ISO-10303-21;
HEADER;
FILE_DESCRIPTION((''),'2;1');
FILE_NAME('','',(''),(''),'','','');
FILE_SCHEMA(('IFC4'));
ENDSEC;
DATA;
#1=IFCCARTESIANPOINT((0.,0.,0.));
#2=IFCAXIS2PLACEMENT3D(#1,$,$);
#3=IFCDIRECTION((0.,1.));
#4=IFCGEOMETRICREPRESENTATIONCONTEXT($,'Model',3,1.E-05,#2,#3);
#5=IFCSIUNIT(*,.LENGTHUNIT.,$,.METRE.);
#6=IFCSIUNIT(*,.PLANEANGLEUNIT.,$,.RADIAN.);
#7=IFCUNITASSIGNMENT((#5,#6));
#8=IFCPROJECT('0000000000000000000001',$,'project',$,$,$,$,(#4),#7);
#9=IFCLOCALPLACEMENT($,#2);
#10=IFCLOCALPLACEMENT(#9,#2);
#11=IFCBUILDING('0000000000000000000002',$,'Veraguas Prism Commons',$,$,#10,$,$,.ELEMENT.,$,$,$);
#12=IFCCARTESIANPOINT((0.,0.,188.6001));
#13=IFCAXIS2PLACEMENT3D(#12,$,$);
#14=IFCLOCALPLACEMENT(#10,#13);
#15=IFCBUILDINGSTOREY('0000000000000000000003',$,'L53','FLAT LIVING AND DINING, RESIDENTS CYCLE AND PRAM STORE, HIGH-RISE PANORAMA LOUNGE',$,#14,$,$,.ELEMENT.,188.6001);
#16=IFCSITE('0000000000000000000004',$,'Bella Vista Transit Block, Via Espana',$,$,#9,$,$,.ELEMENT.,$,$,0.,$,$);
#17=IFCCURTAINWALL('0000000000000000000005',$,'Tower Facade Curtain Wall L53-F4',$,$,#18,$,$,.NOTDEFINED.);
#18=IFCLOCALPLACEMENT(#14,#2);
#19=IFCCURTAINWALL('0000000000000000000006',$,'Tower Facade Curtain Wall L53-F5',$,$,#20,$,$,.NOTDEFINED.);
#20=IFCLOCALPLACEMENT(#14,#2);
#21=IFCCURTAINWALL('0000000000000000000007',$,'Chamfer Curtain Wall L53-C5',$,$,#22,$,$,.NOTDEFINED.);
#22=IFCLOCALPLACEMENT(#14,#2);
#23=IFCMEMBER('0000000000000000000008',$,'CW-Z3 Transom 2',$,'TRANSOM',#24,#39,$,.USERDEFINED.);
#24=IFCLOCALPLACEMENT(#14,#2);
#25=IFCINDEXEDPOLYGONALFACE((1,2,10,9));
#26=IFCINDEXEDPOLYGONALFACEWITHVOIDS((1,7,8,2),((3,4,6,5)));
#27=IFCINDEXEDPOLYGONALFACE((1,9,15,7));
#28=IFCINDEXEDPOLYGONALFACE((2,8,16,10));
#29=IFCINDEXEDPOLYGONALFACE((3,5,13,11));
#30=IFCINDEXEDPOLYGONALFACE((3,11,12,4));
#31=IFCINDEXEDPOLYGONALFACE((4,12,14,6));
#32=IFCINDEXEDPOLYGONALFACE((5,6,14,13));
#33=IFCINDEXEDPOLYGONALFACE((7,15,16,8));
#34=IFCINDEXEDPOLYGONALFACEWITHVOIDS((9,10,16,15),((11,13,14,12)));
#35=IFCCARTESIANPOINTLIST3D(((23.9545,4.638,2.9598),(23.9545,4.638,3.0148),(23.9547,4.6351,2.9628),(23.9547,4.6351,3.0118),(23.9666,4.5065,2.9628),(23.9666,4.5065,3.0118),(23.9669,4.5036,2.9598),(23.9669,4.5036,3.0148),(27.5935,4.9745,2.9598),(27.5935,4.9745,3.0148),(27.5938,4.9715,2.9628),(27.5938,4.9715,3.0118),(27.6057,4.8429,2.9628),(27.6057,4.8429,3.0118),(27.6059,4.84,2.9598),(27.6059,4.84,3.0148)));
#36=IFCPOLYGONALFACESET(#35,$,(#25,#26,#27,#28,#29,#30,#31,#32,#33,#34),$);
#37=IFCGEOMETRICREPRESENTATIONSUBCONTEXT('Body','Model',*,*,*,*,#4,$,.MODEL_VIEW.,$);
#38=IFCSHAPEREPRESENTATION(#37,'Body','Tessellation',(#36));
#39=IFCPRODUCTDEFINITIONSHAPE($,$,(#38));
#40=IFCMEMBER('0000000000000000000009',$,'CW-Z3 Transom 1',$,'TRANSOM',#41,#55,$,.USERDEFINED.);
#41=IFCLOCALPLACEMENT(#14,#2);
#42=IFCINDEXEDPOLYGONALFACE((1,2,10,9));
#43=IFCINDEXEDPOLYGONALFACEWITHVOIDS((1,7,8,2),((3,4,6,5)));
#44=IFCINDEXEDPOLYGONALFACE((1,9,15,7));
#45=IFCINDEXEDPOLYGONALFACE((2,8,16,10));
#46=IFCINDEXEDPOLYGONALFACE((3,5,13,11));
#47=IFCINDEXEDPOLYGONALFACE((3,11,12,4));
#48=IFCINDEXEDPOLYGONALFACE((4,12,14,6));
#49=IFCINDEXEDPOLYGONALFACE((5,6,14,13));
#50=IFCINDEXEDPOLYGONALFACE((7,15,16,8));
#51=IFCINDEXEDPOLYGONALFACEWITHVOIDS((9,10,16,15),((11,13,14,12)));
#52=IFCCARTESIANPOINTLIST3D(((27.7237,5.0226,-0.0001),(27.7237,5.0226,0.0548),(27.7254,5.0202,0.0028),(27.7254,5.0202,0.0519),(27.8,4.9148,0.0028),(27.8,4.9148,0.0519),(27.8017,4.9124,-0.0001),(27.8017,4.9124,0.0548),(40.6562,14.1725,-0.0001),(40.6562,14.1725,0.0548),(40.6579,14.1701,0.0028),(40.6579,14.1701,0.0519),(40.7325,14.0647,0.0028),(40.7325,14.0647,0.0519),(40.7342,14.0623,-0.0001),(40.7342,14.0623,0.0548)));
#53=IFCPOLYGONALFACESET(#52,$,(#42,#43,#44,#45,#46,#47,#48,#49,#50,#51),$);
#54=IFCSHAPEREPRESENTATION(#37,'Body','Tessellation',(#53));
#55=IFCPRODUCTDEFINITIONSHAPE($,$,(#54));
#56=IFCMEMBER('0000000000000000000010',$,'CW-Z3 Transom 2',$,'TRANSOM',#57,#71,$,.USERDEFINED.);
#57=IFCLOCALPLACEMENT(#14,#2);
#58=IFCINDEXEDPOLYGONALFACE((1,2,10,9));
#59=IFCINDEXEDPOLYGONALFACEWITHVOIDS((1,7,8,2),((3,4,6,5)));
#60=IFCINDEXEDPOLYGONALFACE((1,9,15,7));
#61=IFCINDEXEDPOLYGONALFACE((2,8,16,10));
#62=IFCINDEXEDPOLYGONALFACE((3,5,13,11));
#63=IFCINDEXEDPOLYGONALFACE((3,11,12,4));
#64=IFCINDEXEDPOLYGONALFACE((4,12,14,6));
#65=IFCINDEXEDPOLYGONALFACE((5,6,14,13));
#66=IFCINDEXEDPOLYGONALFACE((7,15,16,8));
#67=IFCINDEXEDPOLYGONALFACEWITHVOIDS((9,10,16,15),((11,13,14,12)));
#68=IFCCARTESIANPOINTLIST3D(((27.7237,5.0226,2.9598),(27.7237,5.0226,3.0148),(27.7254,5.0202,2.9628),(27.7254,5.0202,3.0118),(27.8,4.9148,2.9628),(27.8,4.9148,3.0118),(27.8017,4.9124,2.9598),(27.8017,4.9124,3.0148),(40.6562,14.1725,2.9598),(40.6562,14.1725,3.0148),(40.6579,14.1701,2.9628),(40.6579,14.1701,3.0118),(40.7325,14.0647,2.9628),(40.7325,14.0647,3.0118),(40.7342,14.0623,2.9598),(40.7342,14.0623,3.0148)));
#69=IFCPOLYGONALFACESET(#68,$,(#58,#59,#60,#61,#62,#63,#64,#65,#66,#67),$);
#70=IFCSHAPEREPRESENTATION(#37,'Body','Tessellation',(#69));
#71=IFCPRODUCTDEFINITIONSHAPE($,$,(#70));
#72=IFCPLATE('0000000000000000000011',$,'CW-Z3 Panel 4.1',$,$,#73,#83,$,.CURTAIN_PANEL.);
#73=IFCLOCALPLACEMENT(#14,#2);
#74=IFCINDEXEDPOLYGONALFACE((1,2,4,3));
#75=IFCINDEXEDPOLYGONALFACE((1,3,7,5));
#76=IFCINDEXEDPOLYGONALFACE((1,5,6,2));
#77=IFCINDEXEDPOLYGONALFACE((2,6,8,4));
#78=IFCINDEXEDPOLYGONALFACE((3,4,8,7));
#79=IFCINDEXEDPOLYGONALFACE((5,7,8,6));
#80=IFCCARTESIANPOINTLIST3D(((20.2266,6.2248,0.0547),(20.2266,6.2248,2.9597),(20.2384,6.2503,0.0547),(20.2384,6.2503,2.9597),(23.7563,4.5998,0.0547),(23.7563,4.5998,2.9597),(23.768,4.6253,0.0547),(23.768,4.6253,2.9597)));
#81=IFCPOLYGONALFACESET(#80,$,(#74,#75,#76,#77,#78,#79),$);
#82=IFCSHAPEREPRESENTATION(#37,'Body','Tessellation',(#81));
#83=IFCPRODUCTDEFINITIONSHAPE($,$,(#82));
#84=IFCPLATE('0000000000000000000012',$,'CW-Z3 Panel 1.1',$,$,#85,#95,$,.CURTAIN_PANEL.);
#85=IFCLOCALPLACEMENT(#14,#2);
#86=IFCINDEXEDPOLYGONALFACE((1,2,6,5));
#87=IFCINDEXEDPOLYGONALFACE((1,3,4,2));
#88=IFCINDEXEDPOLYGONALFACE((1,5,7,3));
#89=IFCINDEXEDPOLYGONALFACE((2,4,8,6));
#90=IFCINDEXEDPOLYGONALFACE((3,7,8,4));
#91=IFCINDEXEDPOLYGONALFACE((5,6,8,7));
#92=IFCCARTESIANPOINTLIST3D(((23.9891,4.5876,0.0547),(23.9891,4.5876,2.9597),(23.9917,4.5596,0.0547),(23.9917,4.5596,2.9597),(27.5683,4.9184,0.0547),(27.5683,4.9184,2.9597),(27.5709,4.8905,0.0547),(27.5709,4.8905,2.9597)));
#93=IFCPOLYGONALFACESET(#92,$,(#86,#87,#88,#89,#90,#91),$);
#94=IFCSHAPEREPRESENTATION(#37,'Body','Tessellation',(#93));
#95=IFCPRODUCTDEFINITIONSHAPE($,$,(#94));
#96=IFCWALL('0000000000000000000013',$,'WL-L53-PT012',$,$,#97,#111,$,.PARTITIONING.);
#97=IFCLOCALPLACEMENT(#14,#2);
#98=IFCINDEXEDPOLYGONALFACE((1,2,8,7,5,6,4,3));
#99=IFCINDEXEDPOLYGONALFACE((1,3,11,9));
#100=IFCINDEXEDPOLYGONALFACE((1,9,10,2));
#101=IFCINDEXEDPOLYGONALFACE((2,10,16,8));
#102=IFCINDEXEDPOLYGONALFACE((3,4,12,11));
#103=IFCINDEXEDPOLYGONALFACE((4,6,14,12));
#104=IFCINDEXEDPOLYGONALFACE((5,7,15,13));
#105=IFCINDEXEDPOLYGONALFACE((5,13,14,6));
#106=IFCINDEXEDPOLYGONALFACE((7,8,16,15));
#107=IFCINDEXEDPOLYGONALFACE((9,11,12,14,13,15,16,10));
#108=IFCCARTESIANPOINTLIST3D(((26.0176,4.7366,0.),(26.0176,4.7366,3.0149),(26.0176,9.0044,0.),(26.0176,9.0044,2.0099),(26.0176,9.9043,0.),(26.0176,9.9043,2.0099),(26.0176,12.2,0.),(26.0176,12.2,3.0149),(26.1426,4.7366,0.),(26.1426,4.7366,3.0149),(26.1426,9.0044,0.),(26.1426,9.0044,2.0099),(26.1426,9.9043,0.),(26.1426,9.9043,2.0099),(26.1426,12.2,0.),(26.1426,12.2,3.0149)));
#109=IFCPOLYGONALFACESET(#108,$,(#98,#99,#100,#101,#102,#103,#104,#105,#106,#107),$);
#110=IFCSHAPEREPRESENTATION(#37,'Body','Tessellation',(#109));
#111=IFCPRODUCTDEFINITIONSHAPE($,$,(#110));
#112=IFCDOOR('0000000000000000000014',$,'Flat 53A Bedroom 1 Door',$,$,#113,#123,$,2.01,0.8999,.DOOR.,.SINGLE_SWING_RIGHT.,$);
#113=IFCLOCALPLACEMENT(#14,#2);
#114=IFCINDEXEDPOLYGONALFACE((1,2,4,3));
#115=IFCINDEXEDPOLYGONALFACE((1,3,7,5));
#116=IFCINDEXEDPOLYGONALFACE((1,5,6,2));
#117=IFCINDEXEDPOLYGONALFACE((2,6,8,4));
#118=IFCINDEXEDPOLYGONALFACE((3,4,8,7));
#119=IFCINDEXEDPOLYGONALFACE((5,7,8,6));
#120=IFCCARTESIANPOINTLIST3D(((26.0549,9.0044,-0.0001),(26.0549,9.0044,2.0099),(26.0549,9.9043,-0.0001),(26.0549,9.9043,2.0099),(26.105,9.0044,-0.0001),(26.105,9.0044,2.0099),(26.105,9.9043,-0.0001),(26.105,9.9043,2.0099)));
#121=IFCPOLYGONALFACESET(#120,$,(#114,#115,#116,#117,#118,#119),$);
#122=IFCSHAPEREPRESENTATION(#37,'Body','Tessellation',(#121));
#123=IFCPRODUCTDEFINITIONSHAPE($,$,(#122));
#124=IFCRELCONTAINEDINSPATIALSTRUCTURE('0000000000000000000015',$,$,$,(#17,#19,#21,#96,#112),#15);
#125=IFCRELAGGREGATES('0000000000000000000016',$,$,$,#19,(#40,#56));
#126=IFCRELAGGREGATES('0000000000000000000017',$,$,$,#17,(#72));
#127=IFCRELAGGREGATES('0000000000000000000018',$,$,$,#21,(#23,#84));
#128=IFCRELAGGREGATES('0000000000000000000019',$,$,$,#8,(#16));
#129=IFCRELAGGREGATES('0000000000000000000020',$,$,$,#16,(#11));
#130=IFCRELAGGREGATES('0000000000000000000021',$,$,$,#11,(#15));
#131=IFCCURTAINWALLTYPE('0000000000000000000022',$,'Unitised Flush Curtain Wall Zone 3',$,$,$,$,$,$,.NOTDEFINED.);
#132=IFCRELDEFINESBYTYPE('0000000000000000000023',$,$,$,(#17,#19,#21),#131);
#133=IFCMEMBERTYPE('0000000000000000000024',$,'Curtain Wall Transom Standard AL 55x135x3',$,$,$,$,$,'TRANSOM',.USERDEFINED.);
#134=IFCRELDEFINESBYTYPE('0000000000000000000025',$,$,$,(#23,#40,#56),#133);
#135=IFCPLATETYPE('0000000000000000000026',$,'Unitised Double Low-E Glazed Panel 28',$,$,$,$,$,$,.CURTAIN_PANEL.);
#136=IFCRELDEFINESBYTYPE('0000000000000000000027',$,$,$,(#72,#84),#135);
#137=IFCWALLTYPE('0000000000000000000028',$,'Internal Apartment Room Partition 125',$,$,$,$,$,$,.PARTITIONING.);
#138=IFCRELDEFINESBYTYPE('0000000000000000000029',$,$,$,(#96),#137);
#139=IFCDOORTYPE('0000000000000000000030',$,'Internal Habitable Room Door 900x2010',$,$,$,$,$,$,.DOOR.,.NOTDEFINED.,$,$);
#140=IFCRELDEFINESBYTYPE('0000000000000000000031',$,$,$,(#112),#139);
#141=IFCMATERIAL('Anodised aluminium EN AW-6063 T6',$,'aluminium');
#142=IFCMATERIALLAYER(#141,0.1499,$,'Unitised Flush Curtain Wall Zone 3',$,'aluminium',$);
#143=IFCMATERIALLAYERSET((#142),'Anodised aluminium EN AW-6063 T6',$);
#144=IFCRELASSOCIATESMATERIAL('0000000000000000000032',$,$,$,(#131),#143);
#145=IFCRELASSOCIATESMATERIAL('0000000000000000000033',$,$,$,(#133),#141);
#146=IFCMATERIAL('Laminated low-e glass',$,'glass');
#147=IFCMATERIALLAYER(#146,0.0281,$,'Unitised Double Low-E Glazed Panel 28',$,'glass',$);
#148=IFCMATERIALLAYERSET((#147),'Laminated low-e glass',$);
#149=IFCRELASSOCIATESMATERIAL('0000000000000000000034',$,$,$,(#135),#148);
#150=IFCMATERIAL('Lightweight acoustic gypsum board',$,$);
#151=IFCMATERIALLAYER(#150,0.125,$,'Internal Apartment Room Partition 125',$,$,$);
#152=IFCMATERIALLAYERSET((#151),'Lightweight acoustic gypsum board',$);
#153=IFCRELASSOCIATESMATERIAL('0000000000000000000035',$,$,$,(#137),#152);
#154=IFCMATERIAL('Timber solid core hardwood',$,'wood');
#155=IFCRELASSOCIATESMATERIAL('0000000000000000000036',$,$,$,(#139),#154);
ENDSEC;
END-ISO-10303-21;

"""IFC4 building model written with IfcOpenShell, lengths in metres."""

from ifc_helpers import new_model, si_unit, direction, frame, frame_2d, origin, origin_2d, place, context, subcontext, project, spatial, rectangle, hollow_rectangle, extrude, source, transform, mapped, material, layer, layer_set, material_profile, profile_set, type_object, element, fill, aggregate, save


model = new_model("IFC4")

# Units and contexts
model_context = context("Model", 3, precision=1e-05, world=origin(), true_north=direction((0.0, 1.0)))
body_context = subcontext(model_context, "Body", "Model", "MODEL_VIEW")
ifc_project = project(units=[si_unit("LENGTHUNIT", "METRE"), si_unit("PLANEANGLEUNIT", "RADIAN")], contexts=[model_context])

# Site, building, storey
site_placement = place(None, origin())
site = spatial("IfcSite", under=ifc_project, at=site_placement, Name="Bella Vista Transit Block, Via Espana", CompositionType="ELEMENT", RefElevation=0.0)
building_placement = place(site_placement, origin())
building = spatial("IfcBuilding", under=site, at=building_placement, Name="Veraguas Prism Commons", CompositionType="ELEMENT")
storey_placement = place(building_placement, frame((0.0, 0.0, 188.6001)))
storey = spatial("IfcBuildingStorey", under=building, at=storey_placement, Name="L53", Description="FLAT LIVING AND DINING, RESIDENTS CYCLE AND PRAM STORE, HIGH-RISE PANORAMA LOUNGE", CompositionType="ELEMENT", Elevation=188.6001)

# Curtain wall
ifc_material_1 = material(Name="Anodised aluminium EN AW-6063 T6", Category="aluminium")
ifc_layer_1 = layer(ifc_material_1, 0.1499, Name="Unitised Flush Curtain Wall Zone 3", Category="aluminium")
ifc_layer_set_1 = layer_set([ifc_layer_1], Name="Anodised aluminium EN AW-6063 T6")
curtain_wall_type = type_object("IfcCurtainWallType", Name="Unitised Flush Curtain Wall Zone 3", PredefinedType="NOTDEFINED", material=ifc_layer_set_1)
curtain_wall_1_placement = place(storey_placement, origin())
curtain_wall_1 = element("IfcCurtainWall", 1, at=curtain_wall_1_placement, inside=storey, type_object=curtain_wall_type, Name="Tower Facade Curtain Wall L53-F4", PredefinedType="NOTDEFINED")

# Curtain wall
curtain_wall_2_placement = place(storey_placement, origin())
curtain_wall_2 = element("IfcCurtainWall", 2, at=curtain_wall_2_placement, inside=storey, type_object=curtain_wall_type, Name="Tower Facade Curtain Wall L53-F5", PredefinedType="NOTDEFINED")

# Curtain wall, member
curtain_wall_3_placement = place(storey_placement, origin())
curtain_wall_3 = element("IfcCurtainWall", 3, at=curtain_wall_3_placement, inside=storey, type_object=curtain_wall_type, Name="Chamfer Curtain Wall L53-C5", PredefinedType="NOTDEFINED")
ifc_material_profile_1 = material_profile(ifc_material_1, hollow_rectangle(XDim=0.0549, YDim=0.135, WallThickness=0.0029, at=origin_2d()), Name="AL55X135X3")
ifc_profile_set_1 = profile_set([ifc_material_profile_1], Name="Anodised aluminium EN AW-6063 T6")
member_type_1 = type_object("IfcMemberType", Name="Curtain Wall Transom Standard AL 55x135x3", ElementType="TRANSOM", PredefinedType="USERDEFINED", material=ifc_profile_set_1)
shared_shape_1 = source(origin(), body_context, "Body", "SweptSolid", [
    extrude(hollow_rectangle(XDim=0.0549, YDim=0.135, WallThickness=0.0029, at=origin_2d()), origin(), (0.0, 0.0, 1.0), 3.6545),
])
member_1_placement = place(storey_placement, frame((23.9607, 4.5708, 2.9873), z_axis=(0.995753, 0.09206, 0.0), x_axis=(0.0, 0.0, 1.0)))
member_1 = element("IfcMember", 4, at=member_1_placement, type_object=member_type_1, Name="CW-Z3 Transom 2", ObjectType="TRANSOM", PredefinedType="USERDEFINED", context=body_context, shape_type="MappedRepresentation", body=[
    mapped(shared_shape_1, transform((0.0, 0.0, 0.0), scale=1.0)),
])

# Members
shared_shape_2 = source(origin(), body_context, "Body", "SweptSolid", [
    extrude(hollow_rectangle(XDim=0.0549, YDim=0.135, WallThickness=0.0029, at=origin_2d()), origin(), (0.0, 0.0, 1.0), 15.842),
])
member_2_placement = place(storey_placement, frame((27.7627, 4.9675, 0.0273), z_axis=(0.816343, 0.577567, 0.0), x_axis=(0.0, 0.0, 1.0)))
member_2 = element("IfcMember", 5, at=member_2_placement, type_object=member_type_1, Name="CW-Z3 Transom 1", ObjectType="TRANSOM", PredefinedType="USERDEFINED", context=body_context, shape_type="MappedRepresentation", body=[
    mapped(shared_shape_2, transform((0.0, 0.0, 0.0), scale=1.0)),
])
member_3_placement = place(storey_placement, frame((27.7627, 4.9675, 2.9873), z_axis=(0.816343, 0.577567, 0.0), x_axis=(0.0, 0.0, 1.0)))
member_3 = element("IfcMember", 6, at=member_3_placement, type_object=member_type_1, Name="CW-Z3 Transom 2", ObjectType="TRANSOM", PredefinedType="USERDEFINED", context=body_context, shape_type="MappedRepresentation", body=[
    mapped(shared_shape_2, transform((0.0, 0.0, 0.0), scale=1.0)),
])
aggregate(curtain_wall_2, [member_2, member_3])

# Plates
ifc_material_2 = material(Name="Laminated low-e glass", Category="glass")
ifc_layer_2 = layer(ifc_material_2, 0.0281, Name="Unitised Double Low-E Glazed Panel 28", Category="glass")
ifc_layer_set_2 = layer_set([ifc_layer_2], Name="Laminated low-e glass")
plate_type = type_object("IfcPlateType", Name="Unitised Double Low-E Glazed Panel 28", PredefinedType="CURTAIN_PANEL", material=ifc_layer_set_2)
shared_shape_3 = source(origin(), body_context, "Body", "SweptSolid", [
    extrude(rectangle(XDim=3.8857, YDim=0.0281, at=origin_2d()), origin(), (0.0, 0.0, 1.0), 2.905),
])
plate_1_placement = place(storey_placement, frame((21.9973, 5.425, 0.0547), z_axis=(0.0, 0.0, 1.0), x_axis=(0.908362, -0.418186, 0.0)))
plate_1 = element("IfcPlate", 7, at=plate_1_placement, type_object=plate_type, Name="CW-Z3 Panel 4.1", PredefinedType="CURTAIN_PANEL", context=body_context, shape_type="MappedRepresentation", body=[
    mapped(shared_shape_3, transform((0.0, 0.0, 0.0), scale=1.0)),
])
aggregate(curtain_wall_1, [plate_1])
shared_shape_4 = source(origin(), body_context, "Body", "SweptSolid", [
    extrude(rectangle(XDim=3.5945, YDim=0.0281, at=origin_2d()), origin(), (0.0, 0.0, 1.0), 2.905),
])
plate_2_placement = place(storey_placement, frame((25.78, 4.739, 0.0547), z_axis=(0.0, 0.0, 1.0), x_axis=(0.995755, 0.092046, 0.0)))
plate_2 = element("IfcPlate", 8, at=plate_2_placement, type_object=plate_type, Name="CW-Z3 Panel 1.1", PredefinedType="CURTAIN_PANEL", context=body_context, shape_type="MappedRepresentation", body=[
    mapped(shared_shape_4, transform((0.0, 0.0, 0.0), scale=1.0)),
])
aggregate(curtain_wall_3, [member_1, plate_2])

# Wall, opening, door
ifc_material_3 = material(Name="Lightweight acoustic gypsum board")
ifc_layer_3 = layer(ifc_material_3, 0.125, Name="Internal Apartment Room Partition 125")
ifc_layer_set_3 = layer_set([ifc_layer_3], Name="Lightweight acoustic gypsum board")
wall_type = type_object("IfcWallType", Name="Internal Apartment Room Partition 125", PredefinedType="PARTITIONING", material=ifc_layer_set_3)
wall_placement = place(storey_placement, frame((26.0801, 12.2, 0.0), z_axis=(0.0, 0.0, 1.0), x_axis=(0.0, -1.0, 0.0)))
wall = element("IfcWall", 9, at=wall_placement, inside=storey, type_object=wall_type, Name="WL-L53-PT012", PredefinedType="PARTITIONING", context=body_context, shape_type="SweptSolid", body=[
    extrude(rectangle(XDim=7.4634, YDim=0.125, at=frame_2d((3.7317, 0.0))), origin(), (0.0, 0.0, 1.0), 3.0149),
])
opening_placement = place(wall_placement, frame((2.2957, 0.0, 0.0)))
opening = element("IfcOpeningElement", 10, at=opening_placement, cuts=wall, PredefinedType="OPENING", context=body_context, shape_type="SweptSolid", body=[
    extrude(rectangle(XDim=0.8999, YDim=2.01, at=frame_2d((0.45, 1.0049))), frame((0.0, 0.0725, 0.0), z_axis=(0.0, -1.0, 0.0), x_axis=(1.0, 0.0, 0.0)), (0.0, 0.0, 1.0), 0.145),
])
ifc_material_4 = material(Name="Timber solid core hardwood", Category="wood")
door_type = type_object("IfcDoorType", Name="Internal Habitable Room Door 900x2010", OperationType="NOTDEFINED", PredefinedType="DOOR", material=ifc_material_4)
shared_shape_5 = source(origin(), body_context, "Body", "SweptSolid", [
    extrude(rectangle(XDim=0.8999, YDim=2.01, at=frame_2d((0.45, 1.0049))), frame((0.0, 0.0249, 0.0), z_axis=(0.0, -1.0, 0.0), x_axis=(1.0, 0.0, 0.0)), (0.0, 0.0, 1.0), 0.05),
])
door_placement = place(opening_placement, origin())
door = element("IfcDoor", 11, at=door_placement, inside=storey, type_object=door_type, Name="Flat 53A Bedroom 1 Door", OperationType="SINGLE_SWING_RIGHT", OverallHeight=2.01, OverallWidth=0.8999, PredefinedType="DOOR", context=body_context, shape_type="MappedRepresentation", body=[
    mapped(shared_shape_5, transform((0.0, 0.0, 0.0), scale=1.0)),
])
fill(opening, door)

save(model, "model.ifc")
